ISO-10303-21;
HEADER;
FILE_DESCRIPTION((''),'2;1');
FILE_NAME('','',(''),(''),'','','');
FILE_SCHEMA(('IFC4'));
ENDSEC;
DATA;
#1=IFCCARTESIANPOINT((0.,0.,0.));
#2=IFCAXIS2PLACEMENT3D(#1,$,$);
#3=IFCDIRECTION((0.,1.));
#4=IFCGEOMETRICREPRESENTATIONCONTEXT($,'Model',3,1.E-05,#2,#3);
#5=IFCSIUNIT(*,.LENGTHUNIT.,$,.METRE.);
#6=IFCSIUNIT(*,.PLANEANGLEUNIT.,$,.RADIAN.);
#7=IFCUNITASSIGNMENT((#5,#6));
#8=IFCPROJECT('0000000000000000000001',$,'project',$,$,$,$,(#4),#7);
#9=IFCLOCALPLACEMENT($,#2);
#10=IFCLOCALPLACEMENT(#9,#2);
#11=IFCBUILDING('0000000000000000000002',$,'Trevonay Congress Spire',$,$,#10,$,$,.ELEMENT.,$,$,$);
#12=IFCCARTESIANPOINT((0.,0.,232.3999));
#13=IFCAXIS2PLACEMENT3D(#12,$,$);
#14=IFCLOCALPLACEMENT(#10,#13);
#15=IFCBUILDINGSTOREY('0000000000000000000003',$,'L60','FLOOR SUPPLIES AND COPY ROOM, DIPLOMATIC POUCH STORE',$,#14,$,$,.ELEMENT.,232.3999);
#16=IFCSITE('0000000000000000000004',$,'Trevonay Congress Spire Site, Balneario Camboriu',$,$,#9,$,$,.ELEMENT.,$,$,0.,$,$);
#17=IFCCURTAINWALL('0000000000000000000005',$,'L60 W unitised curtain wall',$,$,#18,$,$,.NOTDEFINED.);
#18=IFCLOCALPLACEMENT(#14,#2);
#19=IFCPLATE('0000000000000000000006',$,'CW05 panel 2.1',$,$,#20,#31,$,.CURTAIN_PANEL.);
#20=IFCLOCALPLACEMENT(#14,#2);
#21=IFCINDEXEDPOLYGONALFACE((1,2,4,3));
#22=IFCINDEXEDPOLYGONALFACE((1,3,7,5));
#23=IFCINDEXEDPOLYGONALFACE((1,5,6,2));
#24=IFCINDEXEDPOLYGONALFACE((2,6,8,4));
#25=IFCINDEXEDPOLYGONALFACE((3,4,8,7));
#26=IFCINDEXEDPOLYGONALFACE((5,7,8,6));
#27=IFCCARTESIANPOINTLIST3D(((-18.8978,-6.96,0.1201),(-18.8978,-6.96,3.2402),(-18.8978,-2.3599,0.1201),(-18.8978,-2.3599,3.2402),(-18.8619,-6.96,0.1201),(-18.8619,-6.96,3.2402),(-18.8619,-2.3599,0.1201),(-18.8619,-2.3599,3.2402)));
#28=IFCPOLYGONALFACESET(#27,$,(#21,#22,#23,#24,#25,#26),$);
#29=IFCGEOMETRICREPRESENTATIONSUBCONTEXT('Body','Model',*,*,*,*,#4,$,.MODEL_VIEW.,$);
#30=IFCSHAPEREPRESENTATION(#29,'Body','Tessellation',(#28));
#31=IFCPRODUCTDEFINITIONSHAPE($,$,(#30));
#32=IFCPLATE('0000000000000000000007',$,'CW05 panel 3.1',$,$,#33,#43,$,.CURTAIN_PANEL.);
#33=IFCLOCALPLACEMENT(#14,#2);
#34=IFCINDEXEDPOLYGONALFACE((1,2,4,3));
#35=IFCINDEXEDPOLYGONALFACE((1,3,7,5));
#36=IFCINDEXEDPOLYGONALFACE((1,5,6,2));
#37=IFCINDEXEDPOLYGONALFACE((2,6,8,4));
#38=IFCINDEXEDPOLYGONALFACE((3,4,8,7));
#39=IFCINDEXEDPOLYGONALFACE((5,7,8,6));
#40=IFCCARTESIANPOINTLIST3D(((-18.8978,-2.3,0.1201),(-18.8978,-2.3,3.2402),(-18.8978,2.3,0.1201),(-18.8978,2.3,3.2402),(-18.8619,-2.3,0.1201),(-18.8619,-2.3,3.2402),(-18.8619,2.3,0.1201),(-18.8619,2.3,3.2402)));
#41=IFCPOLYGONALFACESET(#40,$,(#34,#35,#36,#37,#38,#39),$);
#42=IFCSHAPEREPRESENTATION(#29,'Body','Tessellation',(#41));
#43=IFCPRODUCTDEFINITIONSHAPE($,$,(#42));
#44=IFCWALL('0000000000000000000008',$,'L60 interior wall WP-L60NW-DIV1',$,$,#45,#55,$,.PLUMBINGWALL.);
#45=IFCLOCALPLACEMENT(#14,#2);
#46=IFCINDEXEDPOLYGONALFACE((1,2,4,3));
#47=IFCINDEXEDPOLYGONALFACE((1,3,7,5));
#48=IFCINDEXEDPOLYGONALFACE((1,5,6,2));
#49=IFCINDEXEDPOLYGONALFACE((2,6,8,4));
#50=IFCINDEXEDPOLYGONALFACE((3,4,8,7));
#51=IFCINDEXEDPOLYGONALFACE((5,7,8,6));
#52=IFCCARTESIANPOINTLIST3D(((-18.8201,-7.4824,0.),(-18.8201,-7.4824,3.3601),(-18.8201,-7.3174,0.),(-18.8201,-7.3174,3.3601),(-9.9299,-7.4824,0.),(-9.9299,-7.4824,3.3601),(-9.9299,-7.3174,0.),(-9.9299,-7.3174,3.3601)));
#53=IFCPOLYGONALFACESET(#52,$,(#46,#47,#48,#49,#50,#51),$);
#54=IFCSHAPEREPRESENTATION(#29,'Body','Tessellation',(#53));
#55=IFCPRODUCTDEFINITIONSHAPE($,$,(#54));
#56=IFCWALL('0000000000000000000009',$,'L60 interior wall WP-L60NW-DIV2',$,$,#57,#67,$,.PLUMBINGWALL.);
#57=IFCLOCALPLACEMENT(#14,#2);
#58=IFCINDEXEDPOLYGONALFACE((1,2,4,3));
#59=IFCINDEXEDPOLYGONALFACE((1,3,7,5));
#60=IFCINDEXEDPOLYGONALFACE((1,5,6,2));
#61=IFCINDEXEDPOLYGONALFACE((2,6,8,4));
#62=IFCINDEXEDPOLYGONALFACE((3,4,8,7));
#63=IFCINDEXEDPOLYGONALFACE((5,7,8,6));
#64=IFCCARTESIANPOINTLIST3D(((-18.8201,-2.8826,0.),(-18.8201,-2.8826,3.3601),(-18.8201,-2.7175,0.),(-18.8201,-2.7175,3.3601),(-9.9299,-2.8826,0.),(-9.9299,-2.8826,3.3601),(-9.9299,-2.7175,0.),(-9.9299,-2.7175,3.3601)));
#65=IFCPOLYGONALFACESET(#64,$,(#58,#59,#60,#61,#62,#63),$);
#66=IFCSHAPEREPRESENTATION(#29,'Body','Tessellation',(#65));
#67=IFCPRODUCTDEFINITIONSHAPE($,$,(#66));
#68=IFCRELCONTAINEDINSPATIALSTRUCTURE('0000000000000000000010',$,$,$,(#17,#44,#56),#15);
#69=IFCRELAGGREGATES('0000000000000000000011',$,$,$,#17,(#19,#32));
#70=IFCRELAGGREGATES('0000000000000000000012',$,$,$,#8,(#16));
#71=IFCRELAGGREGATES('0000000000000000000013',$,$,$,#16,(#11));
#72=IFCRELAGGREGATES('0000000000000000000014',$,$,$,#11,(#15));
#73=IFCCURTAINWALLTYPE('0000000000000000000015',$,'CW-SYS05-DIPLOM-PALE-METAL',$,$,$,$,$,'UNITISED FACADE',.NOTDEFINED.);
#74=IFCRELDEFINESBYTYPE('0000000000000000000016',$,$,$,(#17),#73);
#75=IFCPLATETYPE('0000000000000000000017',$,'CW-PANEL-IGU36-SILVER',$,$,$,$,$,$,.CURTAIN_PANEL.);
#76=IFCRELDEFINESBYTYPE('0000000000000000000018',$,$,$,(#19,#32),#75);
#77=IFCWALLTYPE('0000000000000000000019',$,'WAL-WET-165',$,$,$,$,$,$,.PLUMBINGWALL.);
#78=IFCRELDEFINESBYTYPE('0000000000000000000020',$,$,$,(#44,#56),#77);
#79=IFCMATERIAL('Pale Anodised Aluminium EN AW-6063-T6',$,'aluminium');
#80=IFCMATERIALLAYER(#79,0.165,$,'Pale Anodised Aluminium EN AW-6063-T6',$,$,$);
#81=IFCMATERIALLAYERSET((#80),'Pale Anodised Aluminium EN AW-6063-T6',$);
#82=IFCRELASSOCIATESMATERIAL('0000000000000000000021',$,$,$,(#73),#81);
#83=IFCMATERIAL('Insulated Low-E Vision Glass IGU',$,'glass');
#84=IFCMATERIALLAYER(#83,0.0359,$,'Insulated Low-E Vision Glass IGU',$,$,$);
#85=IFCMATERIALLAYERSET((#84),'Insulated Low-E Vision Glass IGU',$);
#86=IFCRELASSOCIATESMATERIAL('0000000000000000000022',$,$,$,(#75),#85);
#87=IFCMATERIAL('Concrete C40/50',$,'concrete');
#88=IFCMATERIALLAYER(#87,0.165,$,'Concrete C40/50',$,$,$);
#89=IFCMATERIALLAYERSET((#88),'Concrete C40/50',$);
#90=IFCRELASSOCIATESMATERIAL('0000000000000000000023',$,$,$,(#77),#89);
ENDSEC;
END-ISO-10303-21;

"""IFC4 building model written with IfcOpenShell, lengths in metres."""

from ifc_helpers import new_model, si_unit, direction, frame, frame_2d, origin, origin_2d, place, context, subcontext, project, spatial, rectangle, extrude, material, layer, layer_set, type_object, element, aggregate, save


model = new_model("IFC4")

# Units and contexts
model_context = context("Model", 3, precision=1e-05, world=origin(), true_north=direction((0.0, 1.0)))
body_context = subcontext(model_context, "Body", "Model", "MODEL_VIEW")
ifc_project = project(units=[si_unit("LENGTHUNIT", "METRE"), si_unit("PLANEANGLEUNIT", "RADIAN")], contexts=[model_context])

# Site, building, storey
site_placement = place(None, origin())
site = spatial("IfcSite", under=ifc_project, at=site_placement, Name="Trevonay Congress Spire Site, Balneario Camboriu", CompositionType="ELEMENT", RefElevation=0.0)
building_placement = place(site_placement, origin())
building = spatial("IfcBuilding", under=site, at=building_placement, Name="Trevonay Congress Spire", CompositionType="ELEMENT")
storey_placement = place(building_placement, frame((0.0, 0.0, 232.3999)))
storey = spatial("IfcBuildingStorey", under=building, at=storey_placement, Name="L60", Description="FLOOR SUPPLIES AND COPY ROOM, DIPLOMATIC POUCH STORE", CompositionType="ELEMENT", Elevation=232.3999)

# Curtain wall
ifc_material_1 = material(Name="Pale Anodised Aluminium EN AW-6063-T6", Category="aluminium")
ifc_layer_1 = layer(ifc_material_1, 0.165, Name="Pale Anodised Aluminium EN AW-6063-T6")
ifc_layer_set_1 = layer_set([ifc_layer_1], Name="Pale Anodised Aluminium EN AW-6063-T6")
curtain_wall_type = type_object("IfcCurtainWallType", Name="CW-SYS05-DIPLOM-PALE-METAL", ElementType="UNITISED FACADE", PredefinedType="NOTDEFINED", material=ifc_layer_set_1)
curtain_wall_placement = place(storey_placement, origin())
curtain_wall = element("IfcCurtainWall", 1, at=curtain_wall_placement, inside=storey, type_object=curtain_wall_type, Name="L60 W unitised curtain wall", PredefinedType="NOTDEFINED")

# Plates
ifc_material_2 = material(Name="Insulated Low-E Vision Glass IGU", Category="glass")
ifc_layer_2 = layer(ifc_material_2, 0.0359, Name="Insulated Low-E Vision Glass IGU")
ifc_layer_set_2 = layer_set([ifc_layer_2], Name="Insulated Low-E Vision Glass IGU")
plate_type = type_object("IfcPlateType", Name="CW-PANEL-IGU36-SILVER", PredefinedType="CURTAIN_PANEL", material=ifc_layer_set_2)
plate_1_placement = place(storey_placement, frame((-18.8799, -4.6599, 0.1201), z_axis=(0.0, 0.0, 1.0), x_axis=(0.0, 1.0, 0.0)))
plate_1 = element("IfcPlate", 2, at=plate_1_placement, type_object=plate_type, Name="CW05 panel 2.1", PredefinedType="CURTAIN_PANEL", context=body_context, shape_type="SweptSolid", body=[
    extrude(rectangle(XDim=4.6001, YDim=0.0359, at=origin_2d()), origin(), (0.0, 0.0, 1.0), 3.1201),
])
plate_2_placement = place(storey_placement, frame((-18.8799, 0.0, 0.1201), z_axis=(0.0, 0.0, 1.0), x_axis=(0.0, 1.0, 0.0)))
plate_2 = element("IfcPlate", 3, at=plate_2_placement, type_object=plate_type, Name="CW05 panel 3.1", PredefinedType="CURTAIN_PANEL", context=body_context, shape_type="SweptSolid", body=[
    extrude(rectangle(XDim=4.6001, YDim=0.0359, at=origin_2d()), origin(), (0.0, 0.0, 1.0), 3.1201),
])
aggregate(curtain_wall, [plate_1, plate_2])

# Walls
ifc_material_3 = material(Name="Concrete C40/50", Category="concrete")
ifc_layer_3 = layer(ifc_material_3, 0.165, Name="Concrete C40/50")
ifc_layer_set_3 = layer_set([ifc_layer_3], Name="Concrete C40/50")
wall_type = type_object("IfcWallType", Name="WAL-WET-165", PredefinedType="PLUMBINGWALL", material=ifc_layer_set_3)
for number, where, z_axis, x_axis, name in (
    (4, (-18.8201, -7.3999, 0.0), (0.0, 0.0, 1.0), (1.0, 0.0, 0.0), "L60 interior wall WP-L60NW-DIV1"),
    (5, (-18.8201, -2.8, 0.0), (0.0, 0.0, 1.0), (1.0, 0.0, 0.0), "L60 interior wall WP-L60NW-DIV2"),
):
    element("IfcWall", number, at=place(storey_placement, frame(where, z_axis=z_axis, x_axis=x_axis)), inside=storey, type_object=wall_type, Name=name, PredefinedType="PLUMBINGWALL", context=body_context, shape_type="SweptSolid", body=[
        extrude(rectangle(XDim=8.8901, YDim=0.165, at=frame_2d((4.4451, 0.0))), origin(), (0.0, 0.0, 1.0), 3.3601),
    ])

save(model, "model.ifc")
